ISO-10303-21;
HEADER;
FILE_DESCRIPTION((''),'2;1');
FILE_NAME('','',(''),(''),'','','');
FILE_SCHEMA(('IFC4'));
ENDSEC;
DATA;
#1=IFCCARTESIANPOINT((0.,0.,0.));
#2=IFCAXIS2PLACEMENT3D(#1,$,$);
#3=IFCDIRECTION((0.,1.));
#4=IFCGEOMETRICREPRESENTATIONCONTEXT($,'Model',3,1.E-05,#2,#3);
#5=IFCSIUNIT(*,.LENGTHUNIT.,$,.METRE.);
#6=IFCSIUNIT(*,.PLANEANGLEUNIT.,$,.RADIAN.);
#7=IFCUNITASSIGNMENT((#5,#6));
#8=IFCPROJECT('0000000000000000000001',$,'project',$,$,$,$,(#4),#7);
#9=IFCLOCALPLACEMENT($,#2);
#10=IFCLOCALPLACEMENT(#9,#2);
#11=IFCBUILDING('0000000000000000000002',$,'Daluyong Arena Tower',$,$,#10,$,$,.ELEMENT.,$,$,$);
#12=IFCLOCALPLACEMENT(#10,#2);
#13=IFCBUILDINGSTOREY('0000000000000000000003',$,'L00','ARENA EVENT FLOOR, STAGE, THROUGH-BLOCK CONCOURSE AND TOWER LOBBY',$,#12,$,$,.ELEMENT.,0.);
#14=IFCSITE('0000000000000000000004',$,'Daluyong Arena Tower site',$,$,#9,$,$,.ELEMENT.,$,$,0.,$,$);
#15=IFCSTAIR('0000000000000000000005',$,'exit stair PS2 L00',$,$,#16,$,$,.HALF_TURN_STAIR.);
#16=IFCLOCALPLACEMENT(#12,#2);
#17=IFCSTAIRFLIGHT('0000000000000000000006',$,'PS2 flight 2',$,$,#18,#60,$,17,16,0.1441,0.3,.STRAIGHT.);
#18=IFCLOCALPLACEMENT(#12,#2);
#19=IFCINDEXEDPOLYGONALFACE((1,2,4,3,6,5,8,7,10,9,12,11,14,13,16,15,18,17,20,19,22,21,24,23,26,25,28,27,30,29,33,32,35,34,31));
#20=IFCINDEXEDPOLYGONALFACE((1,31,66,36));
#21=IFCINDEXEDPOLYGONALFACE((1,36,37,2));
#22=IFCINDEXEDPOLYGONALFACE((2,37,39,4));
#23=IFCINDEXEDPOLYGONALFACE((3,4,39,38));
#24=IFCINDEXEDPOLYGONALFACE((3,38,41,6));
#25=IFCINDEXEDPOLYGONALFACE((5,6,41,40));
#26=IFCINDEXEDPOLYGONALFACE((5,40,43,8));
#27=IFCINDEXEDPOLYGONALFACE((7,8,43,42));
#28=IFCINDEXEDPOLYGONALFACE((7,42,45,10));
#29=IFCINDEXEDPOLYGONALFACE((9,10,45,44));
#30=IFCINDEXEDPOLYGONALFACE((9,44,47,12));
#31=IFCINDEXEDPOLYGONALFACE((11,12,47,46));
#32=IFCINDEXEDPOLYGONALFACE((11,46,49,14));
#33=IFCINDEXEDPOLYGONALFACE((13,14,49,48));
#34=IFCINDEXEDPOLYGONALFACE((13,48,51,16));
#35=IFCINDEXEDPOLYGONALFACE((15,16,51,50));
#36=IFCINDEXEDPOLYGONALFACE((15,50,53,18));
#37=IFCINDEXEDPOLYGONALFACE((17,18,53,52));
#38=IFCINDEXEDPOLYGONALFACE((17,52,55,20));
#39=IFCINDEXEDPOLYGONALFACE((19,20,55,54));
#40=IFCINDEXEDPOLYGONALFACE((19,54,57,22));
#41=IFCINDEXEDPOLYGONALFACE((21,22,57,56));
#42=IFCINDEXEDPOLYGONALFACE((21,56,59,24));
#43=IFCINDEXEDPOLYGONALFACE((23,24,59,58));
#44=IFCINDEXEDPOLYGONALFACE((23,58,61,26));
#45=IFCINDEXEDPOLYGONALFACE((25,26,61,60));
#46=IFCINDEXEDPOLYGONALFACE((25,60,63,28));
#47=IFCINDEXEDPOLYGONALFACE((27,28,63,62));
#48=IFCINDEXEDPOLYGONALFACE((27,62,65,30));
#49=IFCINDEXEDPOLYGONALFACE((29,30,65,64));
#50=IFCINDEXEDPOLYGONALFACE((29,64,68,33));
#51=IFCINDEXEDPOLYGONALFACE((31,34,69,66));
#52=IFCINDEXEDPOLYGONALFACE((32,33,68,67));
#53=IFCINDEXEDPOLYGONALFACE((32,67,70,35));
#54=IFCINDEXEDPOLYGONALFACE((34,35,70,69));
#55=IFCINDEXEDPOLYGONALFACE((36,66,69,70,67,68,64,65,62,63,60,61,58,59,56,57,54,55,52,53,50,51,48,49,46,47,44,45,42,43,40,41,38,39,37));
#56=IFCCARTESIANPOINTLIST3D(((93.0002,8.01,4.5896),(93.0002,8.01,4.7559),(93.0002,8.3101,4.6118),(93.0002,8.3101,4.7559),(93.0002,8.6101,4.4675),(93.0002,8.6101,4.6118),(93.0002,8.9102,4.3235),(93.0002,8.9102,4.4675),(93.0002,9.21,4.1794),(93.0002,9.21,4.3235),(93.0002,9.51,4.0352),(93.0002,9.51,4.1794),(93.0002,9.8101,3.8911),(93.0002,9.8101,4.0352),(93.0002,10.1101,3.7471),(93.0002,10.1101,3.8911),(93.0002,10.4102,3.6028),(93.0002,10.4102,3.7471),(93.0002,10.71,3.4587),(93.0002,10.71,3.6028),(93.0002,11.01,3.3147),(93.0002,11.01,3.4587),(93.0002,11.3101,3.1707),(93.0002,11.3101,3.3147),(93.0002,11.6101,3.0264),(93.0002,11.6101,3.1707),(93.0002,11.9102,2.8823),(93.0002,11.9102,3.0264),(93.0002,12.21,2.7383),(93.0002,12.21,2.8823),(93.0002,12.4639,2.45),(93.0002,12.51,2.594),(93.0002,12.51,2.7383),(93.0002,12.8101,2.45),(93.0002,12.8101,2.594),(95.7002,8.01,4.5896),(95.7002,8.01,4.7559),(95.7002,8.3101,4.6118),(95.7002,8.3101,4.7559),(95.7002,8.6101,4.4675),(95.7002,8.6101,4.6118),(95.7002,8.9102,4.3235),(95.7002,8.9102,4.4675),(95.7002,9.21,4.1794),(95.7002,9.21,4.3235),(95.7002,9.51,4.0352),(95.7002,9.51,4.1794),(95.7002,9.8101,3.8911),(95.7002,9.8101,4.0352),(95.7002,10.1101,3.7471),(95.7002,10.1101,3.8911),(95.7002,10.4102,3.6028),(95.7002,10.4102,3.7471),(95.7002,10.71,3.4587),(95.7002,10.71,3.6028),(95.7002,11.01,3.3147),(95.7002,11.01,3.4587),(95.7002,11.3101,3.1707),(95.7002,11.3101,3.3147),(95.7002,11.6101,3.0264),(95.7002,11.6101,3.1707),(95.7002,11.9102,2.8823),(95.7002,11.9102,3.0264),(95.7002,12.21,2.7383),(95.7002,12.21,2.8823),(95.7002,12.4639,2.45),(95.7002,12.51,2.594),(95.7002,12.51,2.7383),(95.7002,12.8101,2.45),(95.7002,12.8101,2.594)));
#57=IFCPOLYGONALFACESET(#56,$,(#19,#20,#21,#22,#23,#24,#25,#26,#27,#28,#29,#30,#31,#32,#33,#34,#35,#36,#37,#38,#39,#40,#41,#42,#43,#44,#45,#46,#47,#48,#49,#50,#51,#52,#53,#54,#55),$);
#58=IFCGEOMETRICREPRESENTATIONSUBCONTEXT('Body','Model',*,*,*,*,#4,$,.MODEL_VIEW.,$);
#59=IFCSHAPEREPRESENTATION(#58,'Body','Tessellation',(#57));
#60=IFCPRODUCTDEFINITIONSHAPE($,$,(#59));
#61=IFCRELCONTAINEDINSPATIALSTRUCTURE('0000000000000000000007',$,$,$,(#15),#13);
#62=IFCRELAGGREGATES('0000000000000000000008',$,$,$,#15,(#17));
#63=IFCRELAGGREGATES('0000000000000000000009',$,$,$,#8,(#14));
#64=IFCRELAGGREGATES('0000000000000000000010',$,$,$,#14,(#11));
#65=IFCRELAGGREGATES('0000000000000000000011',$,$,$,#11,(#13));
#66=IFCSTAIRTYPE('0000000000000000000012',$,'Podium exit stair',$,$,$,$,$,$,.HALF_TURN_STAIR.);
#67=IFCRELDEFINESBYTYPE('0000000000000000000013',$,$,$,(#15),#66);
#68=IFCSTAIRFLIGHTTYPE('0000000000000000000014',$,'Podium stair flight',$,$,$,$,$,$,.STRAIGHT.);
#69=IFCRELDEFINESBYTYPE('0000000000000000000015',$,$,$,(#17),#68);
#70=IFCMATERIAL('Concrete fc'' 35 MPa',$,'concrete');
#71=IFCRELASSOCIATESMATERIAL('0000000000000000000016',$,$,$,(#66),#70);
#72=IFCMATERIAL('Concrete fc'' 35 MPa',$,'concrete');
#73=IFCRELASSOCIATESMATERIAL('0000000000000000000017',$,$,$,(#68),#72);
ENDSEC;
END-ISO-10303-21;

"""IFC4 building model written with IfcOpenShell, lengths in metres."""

from ifc_helpers import new_model, si_unit, direction, frame, origin, place, context, subcontext, project, spatial, polyline, outline, extrude, material, type_object, element, aggregate, save


model = new_model("IFC4")

# Units and contexts
model_context = context("Model", 3, precision=1e-05, world=origin(), true_north=direction((0.0, 1.0)))
body_context = subcontext(model_context, "Body", "Model", "MODEL_VIEW")
ifc_project = project(units=[si_unit("LENGTHUNIT", "METRE"), si_unit("PLANEANGLEUNIT", "RADIAN")], contexts=[model_context])

# Site, building, storey
site_placement = place(None, origin())
site = spatial("IfcSite", under=ifc_project, at=site_placement, Name="Daluyong Arena Tower site", CompositionType="ELEMENT", RefElevation=0.0)
building_placement = place(site_placement, origin())
building = spatial("IfcBuilding", under=site, at=building_placement, Name="Daluyong Arena Tower", CompositionType="ELEMENT")
storey_placement = place(building_placement, origin())
storey = spatial("IfcBuildingStorey", under=building, at=storey_placement, Name="L00", Description="ARENA EVENT FLOOR, STAGE, THROUGH-BLOCK CONCOURSE AND TOWER LOBBY", CompositionType="ELEMENT", Elevation=0.0)

# Stair, stair flight
ifc_material_1 = material(Name="Concrete fc' 35 MPa", Category="concrete")
stair_type = type_object("IfcStairType", Name="Podium exit stair", PredefinedType="HALF_TURN_STAIR", material=ifc_material_1)
stair_placement = place(storey_placement, origin())
stair = element("IfcStair", 1, at=stair_placement, inside=storey, type_object=stair_type, Name="exit stair PS2 L00", PredefinedType="HALF_TURN_STAIR")
ifc_material_2 = material(Name="Concrete fc' 35 MPa", Category="concrete")
stair_flight_type = type_object("IfcStairFlightType", Name="Podium stair flight", PredefinedType="STRAIGHT", material=ifc_material_2)
stair_flight_1_placement = place(storey_placement, frame((94.3501, 12.8101, 2.45), z_axis=(0.0, 0.0, 1.0), x_axis=(0.0, -1.0, 0.0)))
stair_flight_1 = element("IfcStairFlight", 2, at=stair_flight_1_placement, type_object=stair_flight_type, Name="PS2 flight 2", NumberOfRisers=17, NumberOfTreads=16, PredefinedType="STRAIGHT", RiserHeight=0.1441, TreadLength=0.3, context=body_context, shape_type="SweptSolid", body=[
    extrude(outline(polyline([(0.0, 0.0), (0.0, 0.144), (0.3, 0.144), (0.3, 0.2883), (0.6001, 0.2883), (0.6001, 0.4324), (0.8999, 0.4324), (0.8999, 0.5764), (1.2, 0.5764), (1.2, 0.7207), (1.5, 0.7207), (1.5, 0.8647), (1.8, 0.8647), (1.8, 1.0088), (2.1001, 1.0088), (2.1001, 1.1528), (2.3999, 1.1528), (2.3999, 1.2971), (2.7, 1.2971), (2.7, 1.4412), (3.0, 1.4412), (3.0, 1.5852), (3.3, 1.5852), (3.3, 1.7295), (3.6001, 1.7295), (3.6001, 1.8735), (3.8999, 1.8735), (3.8999, 2.0176), (4.2, 2.0176), (4.2, 2.1619), (4.5, 2.1619), (4.5, 2.3059), (4.8, 2.3059), (4.8, 2.45), (4.8, 2.1396), (0.3462, 0.0), (0.0, 0.0)])), frame((0.0, 1.3501, 0.0), z_axis=(0.0, -1.0, 0.0), x_axis=(1.0, 0.0, 0.0)), (0.0, 0.0, 1.0), 2.7),
])
aggregate(stair, [stair_flight_1])

save(model, "model.ifc")
